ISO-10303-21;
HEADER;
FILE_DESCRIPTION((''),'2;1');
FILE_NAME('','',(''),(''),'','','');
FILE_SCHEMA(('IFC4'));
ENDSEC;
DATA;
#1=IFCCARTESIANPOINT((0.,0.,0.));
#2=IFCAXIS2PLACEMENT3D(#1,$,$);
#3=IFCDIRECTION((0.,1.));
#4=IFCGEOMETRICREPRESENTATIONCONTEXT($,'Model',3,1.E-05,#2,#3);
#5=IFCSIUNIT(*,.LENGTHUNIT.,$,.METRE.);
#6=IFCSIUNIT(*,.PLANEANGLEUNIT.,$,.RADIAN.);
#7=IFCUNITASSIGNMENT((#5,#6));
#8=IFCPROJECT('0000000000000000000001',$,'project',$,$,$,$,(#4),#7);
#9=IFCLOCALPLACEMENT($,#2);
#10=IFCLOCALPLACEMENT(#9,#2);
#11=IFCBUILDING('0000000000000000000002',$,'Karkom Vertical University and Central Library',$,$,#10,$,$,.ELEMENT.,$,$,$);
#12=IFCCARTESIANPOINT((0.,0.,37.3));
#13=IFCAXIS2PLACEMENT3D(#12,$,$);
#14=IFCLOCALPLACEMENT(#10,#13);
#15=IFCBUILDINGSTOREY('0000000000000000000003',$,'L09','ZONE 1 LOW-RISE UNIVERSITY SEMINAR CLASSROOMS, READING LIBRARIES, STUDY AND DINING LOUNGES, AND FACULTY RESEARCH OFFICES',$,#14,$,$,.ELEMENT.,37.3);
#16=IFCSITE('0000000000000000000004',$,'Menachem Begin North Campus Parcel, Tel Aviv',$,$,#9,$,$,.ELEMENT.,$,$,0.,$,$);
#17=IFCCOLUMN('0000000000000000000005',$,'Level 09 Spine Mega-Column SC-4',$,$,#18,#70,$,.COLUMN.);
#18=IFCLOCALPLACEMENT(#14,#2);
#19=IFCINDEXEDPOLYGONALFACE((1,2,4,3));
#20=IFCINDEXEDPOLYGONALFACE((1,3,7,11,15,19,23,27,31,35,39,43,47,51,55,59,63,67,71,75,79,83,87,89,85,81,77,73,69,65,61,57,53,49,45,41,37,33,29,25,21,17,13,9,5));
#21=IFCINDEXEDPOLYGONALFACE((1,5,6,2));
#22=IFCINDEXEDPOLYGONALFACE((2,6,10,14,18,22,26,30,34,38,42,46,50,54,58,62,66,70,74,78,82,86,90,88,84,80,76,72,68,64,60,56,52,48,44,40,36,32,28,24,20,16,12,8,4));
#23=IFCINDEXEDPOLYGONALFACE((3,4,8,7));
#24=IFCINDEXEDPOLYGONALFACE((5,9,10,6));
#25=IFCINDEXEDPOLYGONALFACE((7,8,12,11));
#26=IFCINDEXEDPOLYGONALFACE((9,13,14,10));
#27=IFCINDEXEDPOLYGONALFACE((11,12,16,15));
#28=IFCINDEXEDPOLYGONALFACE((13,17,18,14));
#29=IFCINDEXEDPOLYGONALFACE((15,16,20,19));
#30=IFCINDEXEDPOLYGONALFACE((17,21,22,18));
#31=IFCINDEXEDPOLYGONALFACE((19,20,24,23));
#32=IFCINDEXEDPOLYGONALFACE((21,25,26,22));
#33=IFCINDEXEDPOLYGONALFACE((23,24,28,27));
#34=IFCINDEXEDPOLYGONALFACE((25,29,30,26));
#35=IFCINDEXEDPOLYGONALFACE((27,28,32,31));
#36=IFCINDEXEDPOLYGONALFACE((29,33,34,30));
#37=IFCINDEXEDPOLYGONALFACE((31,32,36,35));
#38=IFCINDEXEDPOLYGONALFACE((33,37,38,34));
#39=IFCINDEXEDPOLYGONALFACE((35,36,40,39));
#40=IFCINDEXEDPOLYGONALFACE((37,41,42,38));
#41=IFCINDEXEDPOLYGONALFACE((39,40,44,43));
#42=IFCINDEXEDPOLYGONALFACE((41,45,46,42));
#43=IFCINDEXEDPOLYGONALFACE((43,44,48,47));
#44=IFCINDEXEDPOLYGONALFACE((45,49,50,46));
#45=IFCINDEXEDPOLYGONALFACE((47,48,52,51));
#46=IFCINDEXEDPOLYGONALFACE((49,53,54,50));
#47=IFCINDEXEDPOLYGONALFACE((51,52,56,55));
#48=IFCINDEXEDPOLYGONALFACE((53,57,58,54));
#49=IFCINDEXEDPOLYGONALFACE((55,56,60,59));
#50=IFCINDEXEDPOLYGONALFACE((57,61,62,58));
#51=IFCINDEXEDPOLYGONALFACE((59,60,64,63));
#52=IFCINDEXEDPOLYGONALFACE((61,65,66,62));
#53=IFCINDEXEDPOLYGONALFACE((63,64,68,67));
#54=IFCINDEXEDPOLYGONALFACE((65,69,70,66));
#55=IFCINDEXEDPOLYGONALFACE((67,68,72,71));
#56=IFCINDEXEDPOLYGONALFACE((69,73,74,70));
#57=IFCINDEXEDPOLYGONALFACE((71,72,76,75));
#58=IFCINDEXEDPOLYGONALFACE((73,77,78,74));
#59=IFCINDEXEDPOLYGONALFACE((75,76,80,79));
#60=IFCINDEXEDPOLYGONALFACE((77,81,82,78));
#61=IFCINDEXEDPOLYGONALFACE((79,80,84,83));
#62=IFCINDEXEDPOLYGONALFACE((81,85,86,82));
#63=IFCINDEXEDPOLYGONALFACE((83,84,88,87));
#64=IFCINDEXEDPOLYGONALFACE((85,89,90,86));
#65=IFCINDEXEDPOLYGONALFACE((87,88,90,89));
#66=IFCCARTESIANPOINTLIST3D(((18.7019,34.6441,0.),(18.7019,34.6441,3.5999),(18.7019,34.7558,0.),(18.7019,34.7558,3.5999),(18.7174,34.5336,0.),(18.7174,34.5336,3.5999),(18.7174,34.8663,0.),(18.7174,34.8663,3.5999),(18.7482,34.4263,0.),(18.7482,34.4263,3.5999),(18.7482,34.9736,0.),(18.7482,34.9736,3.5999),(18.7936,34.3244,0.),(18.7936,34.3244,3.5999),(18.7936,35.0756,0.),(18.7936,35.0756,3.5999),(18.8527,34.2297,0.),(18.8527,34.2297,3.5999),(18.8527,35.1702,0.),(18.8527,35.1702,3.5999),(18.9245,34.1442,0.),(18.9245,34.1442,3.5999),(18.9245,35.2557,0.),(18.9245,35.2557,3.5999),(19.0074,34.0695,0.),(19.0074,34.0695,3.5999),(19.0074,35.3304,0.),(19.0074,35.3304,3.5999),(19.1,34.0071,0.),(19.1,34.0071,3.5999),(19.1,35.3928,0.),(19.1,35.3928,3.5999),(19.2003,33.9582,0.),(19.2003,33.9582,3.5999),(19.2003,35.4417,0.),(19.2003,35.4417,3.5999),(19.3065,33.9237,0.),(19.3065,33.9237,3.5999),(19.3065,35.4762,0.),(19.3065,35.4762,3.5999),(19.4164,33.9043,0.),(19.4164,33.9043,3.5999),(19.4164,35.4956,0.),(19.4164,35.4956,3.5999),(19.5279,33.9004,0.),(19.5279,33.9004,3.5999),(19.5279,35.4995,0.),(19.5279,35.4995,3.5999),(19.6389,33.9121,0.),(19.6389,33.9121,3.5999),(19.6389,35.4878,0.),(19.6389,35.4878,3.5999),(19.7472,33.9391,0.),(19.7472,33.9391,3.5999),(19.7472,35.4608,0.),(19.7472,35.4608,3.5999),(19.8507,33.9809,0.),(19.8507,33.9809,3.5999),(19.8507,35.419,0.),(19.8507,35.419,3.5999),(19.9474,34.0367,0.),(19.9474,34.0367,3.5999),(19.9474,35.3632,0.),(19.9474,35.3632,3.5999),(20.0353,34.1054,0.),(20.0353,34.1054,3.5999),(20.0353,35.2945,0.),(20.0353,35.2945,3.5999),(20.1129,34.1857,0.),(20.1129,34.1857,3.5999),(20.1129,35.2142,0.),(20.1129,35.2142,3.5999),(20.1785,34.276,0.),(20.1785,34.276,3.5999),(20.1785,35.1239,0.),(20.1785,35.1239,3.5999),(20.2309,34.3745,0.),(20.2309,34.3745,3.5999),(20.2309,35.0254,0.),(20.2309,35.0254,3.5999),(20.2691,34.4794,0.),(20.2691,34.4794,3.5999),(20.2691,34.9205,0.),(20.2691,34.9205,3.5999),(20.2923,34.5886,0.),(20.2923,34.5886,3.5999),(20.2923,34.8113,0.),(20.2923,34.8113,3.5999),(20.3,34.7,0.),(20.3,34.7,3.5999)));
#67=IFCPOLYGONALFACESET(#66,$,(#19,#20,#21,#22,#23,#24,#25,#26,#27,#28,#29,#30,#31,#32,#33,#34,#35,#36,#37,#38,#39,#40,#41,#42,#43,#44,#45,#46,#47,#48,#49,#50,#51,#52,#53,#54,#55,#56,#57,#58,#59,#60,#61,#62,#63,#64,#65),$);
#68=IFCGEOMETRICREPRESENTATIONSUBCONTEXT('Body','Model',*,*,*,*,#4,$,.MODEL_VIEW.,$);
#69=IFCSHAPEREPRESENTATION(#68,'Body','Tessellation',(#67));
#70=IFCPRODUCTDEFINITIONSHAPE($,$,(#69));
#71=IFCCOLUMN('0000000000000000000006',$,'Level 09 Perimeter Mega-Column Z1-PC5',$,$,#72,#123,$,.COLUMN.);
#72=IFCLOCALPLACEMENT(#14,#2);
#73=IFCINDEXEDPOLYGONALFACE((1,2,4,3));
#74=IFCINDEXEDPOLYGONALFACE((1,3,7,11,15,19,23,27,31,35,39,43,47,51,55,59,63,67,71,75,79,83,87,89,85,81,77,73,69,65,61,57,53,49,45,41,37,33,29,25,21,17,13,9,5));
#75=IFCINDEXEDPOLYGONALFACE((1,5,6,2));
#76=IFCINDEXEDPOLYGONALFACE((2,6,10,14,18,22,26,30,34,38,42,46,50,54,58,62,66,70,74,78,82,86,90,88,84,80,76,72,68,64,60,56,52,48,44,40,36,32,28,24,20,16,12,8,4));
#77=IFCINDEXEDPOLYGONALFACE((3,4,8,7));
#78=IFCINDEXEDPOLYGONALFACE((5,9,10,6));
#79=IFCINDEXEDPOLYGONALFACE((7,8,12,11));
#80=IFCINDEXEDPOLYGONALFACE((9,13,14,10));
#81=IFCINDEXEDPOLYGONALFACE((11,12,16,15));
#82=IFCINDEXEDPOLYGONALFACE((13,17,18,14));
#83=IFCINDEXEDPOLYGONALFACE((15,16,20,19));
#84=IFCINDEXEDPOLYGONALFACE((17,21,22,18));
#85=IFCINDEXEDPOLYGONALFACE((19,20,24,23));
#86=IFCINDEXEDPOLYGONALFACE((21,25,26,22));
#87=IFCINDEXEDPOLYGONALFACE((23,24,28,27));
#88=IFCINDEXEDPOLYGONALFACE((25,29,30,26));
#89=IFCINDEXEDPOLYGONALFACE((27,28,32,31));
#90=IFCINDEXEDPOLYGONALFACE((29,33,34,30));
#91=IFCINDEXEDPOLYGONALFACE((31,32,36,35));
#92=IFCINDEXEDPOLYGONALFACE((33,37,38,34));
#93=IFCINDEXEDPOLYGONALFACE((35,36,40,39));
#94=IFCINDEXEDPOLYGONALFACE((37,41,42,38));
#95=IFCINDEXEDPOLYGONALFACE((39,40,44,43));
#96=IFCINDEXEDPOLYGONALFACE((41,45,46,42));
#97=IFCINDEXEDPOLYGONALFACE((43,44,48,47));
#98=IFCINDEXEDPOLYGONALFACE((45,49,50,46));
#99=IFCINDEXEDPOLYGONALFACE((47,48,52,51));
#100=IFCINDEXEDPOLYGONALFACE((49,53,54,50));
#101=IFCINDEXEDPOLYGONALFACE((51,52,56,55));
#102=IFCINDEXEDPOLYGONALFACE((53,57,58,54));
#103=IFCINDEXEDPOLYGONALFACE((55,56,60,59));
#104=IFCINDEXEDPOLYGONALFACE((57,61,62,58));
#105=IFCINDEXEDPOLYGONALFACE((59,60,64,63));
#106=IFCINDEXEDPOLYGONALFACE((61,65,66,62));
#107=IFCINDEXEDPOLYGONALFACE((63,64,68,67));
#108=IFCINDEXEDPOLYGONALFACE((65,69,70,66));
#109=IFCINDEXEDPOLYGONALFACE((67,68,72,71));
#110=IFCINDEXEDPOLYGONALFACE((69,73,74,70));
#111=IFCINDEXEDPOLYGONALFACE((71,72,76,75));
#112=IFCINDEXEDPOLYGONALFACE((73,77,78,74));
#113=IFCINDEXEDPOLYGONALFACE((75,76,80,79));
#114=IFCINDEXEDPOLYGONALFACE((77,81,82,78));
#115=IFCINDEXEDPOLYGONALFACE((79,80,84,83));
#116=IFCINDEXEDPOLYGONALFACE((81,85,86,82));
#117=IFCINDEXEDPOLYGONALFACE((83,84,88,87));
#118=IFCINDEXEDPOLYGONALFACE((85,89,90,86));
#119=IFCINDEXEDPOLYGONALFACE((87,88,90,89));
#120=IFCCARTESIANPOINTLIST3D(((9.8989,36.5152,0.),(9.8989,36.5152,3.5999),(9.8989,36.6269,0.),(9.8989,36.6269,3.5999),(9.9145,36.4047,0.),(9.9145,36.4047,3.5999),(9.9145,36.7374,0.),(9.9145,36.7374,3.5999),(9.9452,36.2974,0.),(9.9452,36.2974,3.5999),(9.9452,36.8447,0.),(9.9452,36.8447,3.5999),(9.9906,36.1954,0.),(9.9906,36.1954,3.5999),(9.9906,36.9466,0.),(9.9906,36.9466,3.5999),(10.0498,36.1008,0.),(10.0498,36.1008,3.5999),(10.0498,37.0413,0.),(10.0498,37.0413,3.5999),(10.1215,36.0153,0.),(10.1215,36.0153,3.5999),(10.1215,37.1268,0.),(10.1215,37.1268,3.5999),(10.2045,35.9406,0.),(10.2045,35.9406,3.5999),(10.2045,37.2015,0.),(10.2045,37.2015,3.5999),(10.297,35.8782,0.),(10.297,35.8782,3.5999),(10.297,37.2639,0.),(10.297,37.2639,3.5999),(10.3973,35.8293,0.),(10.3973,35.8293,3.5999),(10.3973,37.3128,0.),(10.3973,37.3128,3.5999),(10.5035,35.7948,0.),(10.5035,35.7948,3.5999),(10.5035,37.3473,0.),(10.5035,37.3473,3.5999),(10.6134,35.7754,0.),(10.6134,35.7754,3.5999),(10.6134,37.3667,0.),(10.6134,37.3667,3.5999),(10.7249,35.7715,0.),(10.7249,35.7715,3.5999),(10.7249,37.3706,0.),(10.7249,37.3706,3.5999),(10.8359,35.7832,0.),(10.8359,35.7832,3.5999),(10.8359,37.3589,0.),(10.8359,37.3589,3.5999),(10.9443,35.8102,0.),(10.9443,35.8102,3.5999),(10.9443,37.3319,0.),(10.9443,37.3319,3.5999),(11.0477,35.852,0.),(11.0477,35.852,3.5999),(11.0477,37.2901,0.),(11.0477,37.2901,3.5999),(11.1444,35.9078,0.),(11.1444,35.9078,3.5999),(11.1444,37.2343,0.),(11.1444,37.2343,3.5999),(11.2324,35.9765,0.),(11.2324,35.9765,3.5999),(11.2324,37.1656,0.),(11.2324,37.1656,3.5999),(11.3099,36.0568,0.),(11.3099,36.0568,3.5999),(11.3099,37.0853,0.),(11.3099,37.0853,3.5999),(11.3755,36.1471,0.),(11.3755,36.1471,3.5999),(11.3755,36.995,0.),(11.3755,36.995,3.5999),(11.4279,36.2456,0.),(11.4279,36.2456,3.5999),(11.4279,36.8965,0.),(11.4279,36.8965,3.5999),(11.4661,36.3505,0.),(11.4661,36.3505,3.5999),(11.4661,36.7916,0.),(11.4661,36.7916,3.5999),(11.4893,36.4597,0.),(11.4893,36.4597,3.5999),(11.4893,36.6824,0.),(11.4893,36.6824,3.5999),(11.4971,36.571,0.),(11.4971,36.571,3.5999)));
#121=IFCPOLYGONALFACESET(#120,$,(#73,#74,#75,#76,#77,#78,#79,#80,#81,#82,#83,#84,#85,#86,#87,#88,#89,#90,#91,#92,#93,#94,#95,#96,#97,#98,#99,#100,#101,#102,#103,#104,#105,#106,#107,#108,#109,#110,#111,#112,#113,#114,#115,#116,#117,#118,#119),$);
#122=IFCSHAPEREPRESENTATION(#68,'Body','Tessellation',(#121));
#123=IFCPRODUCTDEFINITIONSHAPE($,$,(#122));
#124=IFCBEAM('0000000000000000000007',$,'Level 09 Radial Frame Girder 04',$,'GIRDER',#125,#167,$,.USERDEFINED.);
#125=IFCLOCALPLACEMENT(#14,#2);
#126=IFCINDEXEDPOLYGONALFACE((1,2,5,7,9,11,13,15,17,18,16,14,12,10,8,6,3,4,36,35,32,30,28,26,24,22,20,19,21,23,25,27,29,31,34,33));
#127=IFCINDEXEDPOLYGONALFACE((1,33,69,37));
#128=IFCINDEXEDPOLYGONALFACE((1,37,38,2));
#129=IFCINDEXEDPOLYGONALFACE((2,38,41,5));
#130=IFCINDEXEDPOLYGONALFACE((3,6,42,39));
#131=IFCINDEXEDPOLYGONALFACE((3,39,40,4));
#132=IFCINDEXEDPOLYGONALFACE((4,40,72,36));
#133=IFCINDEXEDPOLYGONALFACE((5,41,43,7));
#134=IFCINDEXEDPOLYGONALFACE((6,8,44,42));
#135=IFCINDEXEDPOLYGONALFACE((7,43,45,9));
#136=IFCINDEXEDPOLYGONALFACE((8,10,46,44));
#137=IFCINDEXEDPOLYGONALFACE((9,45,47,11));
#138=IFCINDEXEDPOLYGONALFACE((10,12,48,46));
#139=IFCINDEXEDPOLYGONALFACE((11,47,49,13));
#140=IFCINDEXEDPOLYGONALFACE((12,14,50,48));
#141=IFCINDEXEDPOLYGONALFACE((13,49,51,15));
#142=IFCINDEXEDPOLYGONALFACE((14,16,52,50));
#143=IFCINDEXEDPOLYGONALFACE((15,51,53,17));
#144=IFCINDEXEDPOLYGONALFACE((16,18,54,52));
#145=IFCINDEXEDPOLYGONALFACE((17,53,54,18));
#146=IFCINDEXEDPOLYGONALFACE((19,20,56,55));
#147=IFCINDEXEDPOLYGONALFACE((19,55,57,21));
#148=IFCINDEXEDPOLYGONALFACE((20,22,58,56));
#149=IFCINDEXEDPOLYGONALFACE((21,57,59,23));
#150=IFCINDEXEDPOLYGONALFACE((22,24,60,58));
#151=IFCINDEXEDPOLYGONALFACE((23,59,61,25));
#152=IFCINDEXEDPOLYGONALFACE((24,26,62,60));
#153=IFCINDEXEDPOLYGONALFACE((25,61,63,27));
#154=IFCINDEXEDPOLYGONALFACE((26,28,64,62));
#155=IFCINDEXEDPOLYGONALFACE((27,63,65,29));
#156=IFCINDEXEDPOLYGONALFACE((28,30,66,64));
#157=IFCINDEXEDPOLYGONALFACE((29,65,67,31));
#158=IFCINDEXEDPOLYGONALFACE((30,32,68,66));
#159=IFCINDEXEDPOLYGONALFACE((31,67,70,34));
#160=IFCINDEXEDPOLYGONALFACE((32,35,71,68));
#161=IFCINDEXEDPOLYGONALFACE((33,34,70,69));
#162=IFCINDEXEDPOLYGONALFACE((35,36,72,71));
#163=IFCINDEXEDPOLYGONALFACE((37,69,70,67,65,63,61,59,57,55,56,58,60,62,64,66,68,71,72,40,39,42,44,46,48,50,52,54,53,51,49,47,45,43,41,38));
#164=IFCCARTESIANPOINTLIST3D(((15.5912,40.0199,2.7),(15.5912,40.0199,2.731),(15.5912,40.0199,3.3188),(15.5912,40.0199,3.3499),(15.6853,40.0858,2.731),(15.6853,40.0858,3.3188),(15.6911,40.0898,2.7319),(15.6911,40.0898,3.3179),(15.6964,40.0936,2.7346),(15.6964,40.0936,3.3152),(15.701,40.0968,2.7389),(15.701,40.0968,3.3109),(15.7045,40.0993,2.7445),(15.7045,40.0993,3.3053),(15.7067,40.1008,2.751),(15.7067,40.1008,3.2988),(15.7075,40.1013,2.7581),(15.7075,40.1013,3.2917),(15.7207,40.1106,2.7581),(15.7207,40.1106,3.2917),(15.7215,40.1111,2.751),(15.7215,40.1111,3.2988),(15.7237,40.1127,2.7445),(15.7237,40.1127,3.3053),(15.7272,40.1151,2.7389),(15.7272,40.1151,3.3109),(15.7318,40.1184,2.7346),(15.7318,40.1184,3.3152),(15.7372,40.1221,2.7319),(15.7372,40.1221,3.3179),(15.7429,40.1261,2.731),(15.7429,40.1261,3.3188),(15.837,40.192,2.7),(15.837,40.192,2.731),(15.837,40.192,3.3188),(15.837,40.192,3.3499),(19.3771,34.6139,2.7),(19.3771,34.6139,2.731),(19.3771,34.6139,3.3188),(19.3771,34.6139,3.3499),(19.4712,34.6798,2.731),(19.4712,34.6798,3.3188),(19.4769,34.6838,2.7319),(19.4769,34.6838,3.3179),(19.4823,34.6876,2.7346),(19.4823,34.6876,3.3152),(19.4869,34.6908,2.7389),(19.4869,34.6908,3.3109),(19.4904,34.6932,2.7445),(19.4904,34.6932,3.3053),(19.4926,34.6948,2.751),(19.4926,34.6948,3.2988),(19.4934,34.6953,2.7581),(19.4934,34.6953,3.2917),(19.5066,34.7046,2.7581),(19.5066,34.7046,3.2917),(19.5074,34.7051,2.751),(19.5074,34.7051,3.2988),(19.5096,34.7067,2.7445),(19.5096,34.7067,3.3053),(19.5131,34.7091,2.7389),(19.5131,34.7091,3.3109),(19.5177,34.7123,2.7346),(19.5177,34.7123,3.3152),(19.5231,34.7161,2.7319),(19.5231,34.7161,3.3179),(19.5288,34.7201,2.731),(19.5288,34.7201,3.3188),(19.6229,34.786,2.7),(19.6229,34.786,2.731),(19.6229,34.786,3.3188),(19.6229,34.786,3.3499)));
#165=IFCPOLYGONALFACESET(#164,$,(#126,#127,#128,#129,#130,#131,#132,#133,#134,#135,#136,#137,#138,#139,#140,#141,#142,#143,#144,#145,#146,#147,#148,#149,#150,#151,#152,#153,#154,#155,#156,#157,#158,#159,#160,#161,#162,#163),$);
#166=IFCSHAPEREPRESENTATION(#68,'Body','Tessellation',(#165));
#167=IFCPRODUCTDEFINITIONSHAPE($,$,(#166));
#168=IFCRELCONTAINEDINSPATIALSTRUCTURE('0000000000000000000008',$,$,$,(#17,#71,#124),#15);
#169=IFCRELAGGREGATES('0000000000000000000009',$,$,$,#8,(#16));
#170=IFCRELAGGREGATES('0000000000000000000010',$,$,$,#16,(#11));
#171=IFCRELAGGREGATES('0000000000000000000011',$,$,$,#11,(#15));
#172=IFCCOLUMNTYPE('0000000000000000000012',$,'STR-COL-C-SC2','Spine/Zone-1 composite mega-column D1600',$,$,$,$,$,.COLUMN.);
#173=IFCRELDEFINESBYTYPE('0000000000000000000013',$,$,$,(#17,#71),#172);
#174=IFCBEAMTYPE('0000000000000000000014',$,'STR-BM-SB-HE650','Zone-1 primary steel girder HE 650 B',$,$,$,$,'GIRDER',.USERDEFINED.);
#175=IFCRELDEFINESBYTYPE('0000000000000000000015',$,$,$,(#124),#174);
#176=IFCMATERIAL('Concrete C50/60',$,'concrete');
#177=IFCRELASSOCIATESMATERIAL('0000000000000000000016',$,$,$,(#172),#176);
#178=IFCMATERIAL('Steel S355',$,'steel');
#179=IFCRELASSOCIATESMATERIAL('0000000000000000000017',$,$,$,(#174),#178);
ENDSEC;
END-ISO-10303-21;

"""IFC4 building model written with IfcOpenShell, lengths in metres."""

from ifc_helpers import new_model, si_unit, direction, frame, origin, origin_with_axes, origin_2d, place, context, subcontext, project, spatial, circle, i_section, extrude, source, transform, mapped, material, material_profile, profile_set, type_object, element, save


model = new_model("IFC4")

# Units and contexts
model_context = context("Model", 3, precision=1e-05, world=origin(), true_north=direction((0.0, 1.0)))
body_context = subcontext(model_context, "Body", "Model", "MODEL_VIEW")
ifc_project = project(units=[si_unit("LENGTHUNIT", "METRE"), si_unit("PLANEANGLEUNIT", "RADIAN")], contexts=[model_context])

# Site, building, storey
site_placement = place(None, origin())
site = spatial("IfcSite", under=ifc_project, at=site_placement, Name="Menachem Begin North Campus Parcel, Tel Aviv", CompositionType="ELEMENT", RefElevation=0.0)
building_placement = place(site_placement, origin())
building = spatial("IfcBuilding", under=site, at=building_placement, Name="Karkom Vertical University and Central Library", CompositionType="ELEMENT")
storey_placement = place(building_placement, frame((0.0, 0.0, 37.3)))
storey = spatial("IfcBuildingStorey", under=building, at=storey_placement, Name="L09", Description="ZONE 1 LOW-RISE UNIVERSITY SEMINAR CLASSROOMS, READING LIBRARIES, STUDY AND DINING LOUNGES, AND FACULTY RESEARCH OFFICES", CompositionType="ELEMENT", Elevation=37.3)

# Columns
ifc_material_1 = material(Name="Concrete C50/60", Category="concrete")
ifc_material_profile_1 = material_profile(ifc_material_1, circle(Radius=0.8, at=origin_2d()), Name="CFT-D1600")
ifc_profile_set_1 = profile_set([ifc_material_profile_1], Name="Concrete C50/60")
column_type = type_object("IfcColumnType", Name="STR-COL-C-SC2", Description="Spine/Zone-1 composite mega-column D1600", PredefinedType="COLUMN", material=ifc_profile_set_1)
shared_shape_1 = source(origin_with_axes(), body_context, "Body", "SweptSolid", [
    extrude(circle(Radius=0.8, at=origin_2d()), origin(), (0.0, 0.0, 1.0), 3.5999),
])
for number, where, z_axis, x_axis, name in (
    (1, (19.5, 34.7, 0.0), (0.0, 0.0, 1.0), (1.0, 0.0, 0.0), "Level 09 Spine Mega-Column SC-4"),
    (2, (10.697, 36.571, 0.0), (0.0, 0.0, 1.0), (1.0, 0.0, 0.0), "Level 09 Perimeter Mega-Column Z1-PC5"),
):
    element("IfcColumn", number, at=place(storey_placement, frame(where, z_axis=z_axis, x_axis=x_axis)), inside=storey, type_object=column_type, Name=name, PredefinedType="COLUMN", context=body_context, shape_type="MappedRepresentation", body=[
        mapped(shared_shape_1, transform((0.0, 0.0, 0.0), scale=1.0)),
    ])

# Beam
ifc_material_2 = material(Name="Steel S355", Category="steel")
ifc_material_profile_2 = material_profile(ifc_material_2, i_section(OverallWidth=0.3, OverallDepth=0.6499, WebThickness=0.0161, FlangeThickness=0.031, FilletRadius=0.0271, at=origin_2d()), Name="HE 650 B")
ifc_profile_set_2 = profile_set([ifc_material_profile_2], Name="Steel S355")
beam_type_1 = type_object("IfcBeamType", Name="STR-BM-SB-HE650", Description="Zone-1 primary steel girder HE 650 B", ElementType="GIRDER", PredefinedType="USERDEFINED", material=ifc_profile_set_2)
shared_shape_2 = source(origin_with_axes(), body_context, "Body", "SweptSolid", [
    extrude(i_section(OverallWidth=0.3, OverallDepth=0.6499, WebThickness=0.0161, FlangeThickness=0.031, FilletRadius=0.0271, at=origin_2d()), origin(), (0.0, 0.0, 1.0), 6.5999),
])
beam_1_placement = place(storey_placement, frame((19.5, 34.7, 3.0249), z_axis=(-0.573634, 0.819112, 0.0), x_axis=(-0.819112, -0.573634, 0.0)))
element("IfcBeam", 3, at=beam_1_placement, inside=storey, type_object=beam_type_1, Name="Level 09 Radial Frame Girder 04", ObjectType="GIRDER", PredefinedType="USERDEFINED", context=body_context, shape_type="MappedRepresentation", body=[
    mapped(shared_shape_2, transform((0.0, 0.0, 0.0), scale=1.0)),
])

save(model, "model.ifc")
